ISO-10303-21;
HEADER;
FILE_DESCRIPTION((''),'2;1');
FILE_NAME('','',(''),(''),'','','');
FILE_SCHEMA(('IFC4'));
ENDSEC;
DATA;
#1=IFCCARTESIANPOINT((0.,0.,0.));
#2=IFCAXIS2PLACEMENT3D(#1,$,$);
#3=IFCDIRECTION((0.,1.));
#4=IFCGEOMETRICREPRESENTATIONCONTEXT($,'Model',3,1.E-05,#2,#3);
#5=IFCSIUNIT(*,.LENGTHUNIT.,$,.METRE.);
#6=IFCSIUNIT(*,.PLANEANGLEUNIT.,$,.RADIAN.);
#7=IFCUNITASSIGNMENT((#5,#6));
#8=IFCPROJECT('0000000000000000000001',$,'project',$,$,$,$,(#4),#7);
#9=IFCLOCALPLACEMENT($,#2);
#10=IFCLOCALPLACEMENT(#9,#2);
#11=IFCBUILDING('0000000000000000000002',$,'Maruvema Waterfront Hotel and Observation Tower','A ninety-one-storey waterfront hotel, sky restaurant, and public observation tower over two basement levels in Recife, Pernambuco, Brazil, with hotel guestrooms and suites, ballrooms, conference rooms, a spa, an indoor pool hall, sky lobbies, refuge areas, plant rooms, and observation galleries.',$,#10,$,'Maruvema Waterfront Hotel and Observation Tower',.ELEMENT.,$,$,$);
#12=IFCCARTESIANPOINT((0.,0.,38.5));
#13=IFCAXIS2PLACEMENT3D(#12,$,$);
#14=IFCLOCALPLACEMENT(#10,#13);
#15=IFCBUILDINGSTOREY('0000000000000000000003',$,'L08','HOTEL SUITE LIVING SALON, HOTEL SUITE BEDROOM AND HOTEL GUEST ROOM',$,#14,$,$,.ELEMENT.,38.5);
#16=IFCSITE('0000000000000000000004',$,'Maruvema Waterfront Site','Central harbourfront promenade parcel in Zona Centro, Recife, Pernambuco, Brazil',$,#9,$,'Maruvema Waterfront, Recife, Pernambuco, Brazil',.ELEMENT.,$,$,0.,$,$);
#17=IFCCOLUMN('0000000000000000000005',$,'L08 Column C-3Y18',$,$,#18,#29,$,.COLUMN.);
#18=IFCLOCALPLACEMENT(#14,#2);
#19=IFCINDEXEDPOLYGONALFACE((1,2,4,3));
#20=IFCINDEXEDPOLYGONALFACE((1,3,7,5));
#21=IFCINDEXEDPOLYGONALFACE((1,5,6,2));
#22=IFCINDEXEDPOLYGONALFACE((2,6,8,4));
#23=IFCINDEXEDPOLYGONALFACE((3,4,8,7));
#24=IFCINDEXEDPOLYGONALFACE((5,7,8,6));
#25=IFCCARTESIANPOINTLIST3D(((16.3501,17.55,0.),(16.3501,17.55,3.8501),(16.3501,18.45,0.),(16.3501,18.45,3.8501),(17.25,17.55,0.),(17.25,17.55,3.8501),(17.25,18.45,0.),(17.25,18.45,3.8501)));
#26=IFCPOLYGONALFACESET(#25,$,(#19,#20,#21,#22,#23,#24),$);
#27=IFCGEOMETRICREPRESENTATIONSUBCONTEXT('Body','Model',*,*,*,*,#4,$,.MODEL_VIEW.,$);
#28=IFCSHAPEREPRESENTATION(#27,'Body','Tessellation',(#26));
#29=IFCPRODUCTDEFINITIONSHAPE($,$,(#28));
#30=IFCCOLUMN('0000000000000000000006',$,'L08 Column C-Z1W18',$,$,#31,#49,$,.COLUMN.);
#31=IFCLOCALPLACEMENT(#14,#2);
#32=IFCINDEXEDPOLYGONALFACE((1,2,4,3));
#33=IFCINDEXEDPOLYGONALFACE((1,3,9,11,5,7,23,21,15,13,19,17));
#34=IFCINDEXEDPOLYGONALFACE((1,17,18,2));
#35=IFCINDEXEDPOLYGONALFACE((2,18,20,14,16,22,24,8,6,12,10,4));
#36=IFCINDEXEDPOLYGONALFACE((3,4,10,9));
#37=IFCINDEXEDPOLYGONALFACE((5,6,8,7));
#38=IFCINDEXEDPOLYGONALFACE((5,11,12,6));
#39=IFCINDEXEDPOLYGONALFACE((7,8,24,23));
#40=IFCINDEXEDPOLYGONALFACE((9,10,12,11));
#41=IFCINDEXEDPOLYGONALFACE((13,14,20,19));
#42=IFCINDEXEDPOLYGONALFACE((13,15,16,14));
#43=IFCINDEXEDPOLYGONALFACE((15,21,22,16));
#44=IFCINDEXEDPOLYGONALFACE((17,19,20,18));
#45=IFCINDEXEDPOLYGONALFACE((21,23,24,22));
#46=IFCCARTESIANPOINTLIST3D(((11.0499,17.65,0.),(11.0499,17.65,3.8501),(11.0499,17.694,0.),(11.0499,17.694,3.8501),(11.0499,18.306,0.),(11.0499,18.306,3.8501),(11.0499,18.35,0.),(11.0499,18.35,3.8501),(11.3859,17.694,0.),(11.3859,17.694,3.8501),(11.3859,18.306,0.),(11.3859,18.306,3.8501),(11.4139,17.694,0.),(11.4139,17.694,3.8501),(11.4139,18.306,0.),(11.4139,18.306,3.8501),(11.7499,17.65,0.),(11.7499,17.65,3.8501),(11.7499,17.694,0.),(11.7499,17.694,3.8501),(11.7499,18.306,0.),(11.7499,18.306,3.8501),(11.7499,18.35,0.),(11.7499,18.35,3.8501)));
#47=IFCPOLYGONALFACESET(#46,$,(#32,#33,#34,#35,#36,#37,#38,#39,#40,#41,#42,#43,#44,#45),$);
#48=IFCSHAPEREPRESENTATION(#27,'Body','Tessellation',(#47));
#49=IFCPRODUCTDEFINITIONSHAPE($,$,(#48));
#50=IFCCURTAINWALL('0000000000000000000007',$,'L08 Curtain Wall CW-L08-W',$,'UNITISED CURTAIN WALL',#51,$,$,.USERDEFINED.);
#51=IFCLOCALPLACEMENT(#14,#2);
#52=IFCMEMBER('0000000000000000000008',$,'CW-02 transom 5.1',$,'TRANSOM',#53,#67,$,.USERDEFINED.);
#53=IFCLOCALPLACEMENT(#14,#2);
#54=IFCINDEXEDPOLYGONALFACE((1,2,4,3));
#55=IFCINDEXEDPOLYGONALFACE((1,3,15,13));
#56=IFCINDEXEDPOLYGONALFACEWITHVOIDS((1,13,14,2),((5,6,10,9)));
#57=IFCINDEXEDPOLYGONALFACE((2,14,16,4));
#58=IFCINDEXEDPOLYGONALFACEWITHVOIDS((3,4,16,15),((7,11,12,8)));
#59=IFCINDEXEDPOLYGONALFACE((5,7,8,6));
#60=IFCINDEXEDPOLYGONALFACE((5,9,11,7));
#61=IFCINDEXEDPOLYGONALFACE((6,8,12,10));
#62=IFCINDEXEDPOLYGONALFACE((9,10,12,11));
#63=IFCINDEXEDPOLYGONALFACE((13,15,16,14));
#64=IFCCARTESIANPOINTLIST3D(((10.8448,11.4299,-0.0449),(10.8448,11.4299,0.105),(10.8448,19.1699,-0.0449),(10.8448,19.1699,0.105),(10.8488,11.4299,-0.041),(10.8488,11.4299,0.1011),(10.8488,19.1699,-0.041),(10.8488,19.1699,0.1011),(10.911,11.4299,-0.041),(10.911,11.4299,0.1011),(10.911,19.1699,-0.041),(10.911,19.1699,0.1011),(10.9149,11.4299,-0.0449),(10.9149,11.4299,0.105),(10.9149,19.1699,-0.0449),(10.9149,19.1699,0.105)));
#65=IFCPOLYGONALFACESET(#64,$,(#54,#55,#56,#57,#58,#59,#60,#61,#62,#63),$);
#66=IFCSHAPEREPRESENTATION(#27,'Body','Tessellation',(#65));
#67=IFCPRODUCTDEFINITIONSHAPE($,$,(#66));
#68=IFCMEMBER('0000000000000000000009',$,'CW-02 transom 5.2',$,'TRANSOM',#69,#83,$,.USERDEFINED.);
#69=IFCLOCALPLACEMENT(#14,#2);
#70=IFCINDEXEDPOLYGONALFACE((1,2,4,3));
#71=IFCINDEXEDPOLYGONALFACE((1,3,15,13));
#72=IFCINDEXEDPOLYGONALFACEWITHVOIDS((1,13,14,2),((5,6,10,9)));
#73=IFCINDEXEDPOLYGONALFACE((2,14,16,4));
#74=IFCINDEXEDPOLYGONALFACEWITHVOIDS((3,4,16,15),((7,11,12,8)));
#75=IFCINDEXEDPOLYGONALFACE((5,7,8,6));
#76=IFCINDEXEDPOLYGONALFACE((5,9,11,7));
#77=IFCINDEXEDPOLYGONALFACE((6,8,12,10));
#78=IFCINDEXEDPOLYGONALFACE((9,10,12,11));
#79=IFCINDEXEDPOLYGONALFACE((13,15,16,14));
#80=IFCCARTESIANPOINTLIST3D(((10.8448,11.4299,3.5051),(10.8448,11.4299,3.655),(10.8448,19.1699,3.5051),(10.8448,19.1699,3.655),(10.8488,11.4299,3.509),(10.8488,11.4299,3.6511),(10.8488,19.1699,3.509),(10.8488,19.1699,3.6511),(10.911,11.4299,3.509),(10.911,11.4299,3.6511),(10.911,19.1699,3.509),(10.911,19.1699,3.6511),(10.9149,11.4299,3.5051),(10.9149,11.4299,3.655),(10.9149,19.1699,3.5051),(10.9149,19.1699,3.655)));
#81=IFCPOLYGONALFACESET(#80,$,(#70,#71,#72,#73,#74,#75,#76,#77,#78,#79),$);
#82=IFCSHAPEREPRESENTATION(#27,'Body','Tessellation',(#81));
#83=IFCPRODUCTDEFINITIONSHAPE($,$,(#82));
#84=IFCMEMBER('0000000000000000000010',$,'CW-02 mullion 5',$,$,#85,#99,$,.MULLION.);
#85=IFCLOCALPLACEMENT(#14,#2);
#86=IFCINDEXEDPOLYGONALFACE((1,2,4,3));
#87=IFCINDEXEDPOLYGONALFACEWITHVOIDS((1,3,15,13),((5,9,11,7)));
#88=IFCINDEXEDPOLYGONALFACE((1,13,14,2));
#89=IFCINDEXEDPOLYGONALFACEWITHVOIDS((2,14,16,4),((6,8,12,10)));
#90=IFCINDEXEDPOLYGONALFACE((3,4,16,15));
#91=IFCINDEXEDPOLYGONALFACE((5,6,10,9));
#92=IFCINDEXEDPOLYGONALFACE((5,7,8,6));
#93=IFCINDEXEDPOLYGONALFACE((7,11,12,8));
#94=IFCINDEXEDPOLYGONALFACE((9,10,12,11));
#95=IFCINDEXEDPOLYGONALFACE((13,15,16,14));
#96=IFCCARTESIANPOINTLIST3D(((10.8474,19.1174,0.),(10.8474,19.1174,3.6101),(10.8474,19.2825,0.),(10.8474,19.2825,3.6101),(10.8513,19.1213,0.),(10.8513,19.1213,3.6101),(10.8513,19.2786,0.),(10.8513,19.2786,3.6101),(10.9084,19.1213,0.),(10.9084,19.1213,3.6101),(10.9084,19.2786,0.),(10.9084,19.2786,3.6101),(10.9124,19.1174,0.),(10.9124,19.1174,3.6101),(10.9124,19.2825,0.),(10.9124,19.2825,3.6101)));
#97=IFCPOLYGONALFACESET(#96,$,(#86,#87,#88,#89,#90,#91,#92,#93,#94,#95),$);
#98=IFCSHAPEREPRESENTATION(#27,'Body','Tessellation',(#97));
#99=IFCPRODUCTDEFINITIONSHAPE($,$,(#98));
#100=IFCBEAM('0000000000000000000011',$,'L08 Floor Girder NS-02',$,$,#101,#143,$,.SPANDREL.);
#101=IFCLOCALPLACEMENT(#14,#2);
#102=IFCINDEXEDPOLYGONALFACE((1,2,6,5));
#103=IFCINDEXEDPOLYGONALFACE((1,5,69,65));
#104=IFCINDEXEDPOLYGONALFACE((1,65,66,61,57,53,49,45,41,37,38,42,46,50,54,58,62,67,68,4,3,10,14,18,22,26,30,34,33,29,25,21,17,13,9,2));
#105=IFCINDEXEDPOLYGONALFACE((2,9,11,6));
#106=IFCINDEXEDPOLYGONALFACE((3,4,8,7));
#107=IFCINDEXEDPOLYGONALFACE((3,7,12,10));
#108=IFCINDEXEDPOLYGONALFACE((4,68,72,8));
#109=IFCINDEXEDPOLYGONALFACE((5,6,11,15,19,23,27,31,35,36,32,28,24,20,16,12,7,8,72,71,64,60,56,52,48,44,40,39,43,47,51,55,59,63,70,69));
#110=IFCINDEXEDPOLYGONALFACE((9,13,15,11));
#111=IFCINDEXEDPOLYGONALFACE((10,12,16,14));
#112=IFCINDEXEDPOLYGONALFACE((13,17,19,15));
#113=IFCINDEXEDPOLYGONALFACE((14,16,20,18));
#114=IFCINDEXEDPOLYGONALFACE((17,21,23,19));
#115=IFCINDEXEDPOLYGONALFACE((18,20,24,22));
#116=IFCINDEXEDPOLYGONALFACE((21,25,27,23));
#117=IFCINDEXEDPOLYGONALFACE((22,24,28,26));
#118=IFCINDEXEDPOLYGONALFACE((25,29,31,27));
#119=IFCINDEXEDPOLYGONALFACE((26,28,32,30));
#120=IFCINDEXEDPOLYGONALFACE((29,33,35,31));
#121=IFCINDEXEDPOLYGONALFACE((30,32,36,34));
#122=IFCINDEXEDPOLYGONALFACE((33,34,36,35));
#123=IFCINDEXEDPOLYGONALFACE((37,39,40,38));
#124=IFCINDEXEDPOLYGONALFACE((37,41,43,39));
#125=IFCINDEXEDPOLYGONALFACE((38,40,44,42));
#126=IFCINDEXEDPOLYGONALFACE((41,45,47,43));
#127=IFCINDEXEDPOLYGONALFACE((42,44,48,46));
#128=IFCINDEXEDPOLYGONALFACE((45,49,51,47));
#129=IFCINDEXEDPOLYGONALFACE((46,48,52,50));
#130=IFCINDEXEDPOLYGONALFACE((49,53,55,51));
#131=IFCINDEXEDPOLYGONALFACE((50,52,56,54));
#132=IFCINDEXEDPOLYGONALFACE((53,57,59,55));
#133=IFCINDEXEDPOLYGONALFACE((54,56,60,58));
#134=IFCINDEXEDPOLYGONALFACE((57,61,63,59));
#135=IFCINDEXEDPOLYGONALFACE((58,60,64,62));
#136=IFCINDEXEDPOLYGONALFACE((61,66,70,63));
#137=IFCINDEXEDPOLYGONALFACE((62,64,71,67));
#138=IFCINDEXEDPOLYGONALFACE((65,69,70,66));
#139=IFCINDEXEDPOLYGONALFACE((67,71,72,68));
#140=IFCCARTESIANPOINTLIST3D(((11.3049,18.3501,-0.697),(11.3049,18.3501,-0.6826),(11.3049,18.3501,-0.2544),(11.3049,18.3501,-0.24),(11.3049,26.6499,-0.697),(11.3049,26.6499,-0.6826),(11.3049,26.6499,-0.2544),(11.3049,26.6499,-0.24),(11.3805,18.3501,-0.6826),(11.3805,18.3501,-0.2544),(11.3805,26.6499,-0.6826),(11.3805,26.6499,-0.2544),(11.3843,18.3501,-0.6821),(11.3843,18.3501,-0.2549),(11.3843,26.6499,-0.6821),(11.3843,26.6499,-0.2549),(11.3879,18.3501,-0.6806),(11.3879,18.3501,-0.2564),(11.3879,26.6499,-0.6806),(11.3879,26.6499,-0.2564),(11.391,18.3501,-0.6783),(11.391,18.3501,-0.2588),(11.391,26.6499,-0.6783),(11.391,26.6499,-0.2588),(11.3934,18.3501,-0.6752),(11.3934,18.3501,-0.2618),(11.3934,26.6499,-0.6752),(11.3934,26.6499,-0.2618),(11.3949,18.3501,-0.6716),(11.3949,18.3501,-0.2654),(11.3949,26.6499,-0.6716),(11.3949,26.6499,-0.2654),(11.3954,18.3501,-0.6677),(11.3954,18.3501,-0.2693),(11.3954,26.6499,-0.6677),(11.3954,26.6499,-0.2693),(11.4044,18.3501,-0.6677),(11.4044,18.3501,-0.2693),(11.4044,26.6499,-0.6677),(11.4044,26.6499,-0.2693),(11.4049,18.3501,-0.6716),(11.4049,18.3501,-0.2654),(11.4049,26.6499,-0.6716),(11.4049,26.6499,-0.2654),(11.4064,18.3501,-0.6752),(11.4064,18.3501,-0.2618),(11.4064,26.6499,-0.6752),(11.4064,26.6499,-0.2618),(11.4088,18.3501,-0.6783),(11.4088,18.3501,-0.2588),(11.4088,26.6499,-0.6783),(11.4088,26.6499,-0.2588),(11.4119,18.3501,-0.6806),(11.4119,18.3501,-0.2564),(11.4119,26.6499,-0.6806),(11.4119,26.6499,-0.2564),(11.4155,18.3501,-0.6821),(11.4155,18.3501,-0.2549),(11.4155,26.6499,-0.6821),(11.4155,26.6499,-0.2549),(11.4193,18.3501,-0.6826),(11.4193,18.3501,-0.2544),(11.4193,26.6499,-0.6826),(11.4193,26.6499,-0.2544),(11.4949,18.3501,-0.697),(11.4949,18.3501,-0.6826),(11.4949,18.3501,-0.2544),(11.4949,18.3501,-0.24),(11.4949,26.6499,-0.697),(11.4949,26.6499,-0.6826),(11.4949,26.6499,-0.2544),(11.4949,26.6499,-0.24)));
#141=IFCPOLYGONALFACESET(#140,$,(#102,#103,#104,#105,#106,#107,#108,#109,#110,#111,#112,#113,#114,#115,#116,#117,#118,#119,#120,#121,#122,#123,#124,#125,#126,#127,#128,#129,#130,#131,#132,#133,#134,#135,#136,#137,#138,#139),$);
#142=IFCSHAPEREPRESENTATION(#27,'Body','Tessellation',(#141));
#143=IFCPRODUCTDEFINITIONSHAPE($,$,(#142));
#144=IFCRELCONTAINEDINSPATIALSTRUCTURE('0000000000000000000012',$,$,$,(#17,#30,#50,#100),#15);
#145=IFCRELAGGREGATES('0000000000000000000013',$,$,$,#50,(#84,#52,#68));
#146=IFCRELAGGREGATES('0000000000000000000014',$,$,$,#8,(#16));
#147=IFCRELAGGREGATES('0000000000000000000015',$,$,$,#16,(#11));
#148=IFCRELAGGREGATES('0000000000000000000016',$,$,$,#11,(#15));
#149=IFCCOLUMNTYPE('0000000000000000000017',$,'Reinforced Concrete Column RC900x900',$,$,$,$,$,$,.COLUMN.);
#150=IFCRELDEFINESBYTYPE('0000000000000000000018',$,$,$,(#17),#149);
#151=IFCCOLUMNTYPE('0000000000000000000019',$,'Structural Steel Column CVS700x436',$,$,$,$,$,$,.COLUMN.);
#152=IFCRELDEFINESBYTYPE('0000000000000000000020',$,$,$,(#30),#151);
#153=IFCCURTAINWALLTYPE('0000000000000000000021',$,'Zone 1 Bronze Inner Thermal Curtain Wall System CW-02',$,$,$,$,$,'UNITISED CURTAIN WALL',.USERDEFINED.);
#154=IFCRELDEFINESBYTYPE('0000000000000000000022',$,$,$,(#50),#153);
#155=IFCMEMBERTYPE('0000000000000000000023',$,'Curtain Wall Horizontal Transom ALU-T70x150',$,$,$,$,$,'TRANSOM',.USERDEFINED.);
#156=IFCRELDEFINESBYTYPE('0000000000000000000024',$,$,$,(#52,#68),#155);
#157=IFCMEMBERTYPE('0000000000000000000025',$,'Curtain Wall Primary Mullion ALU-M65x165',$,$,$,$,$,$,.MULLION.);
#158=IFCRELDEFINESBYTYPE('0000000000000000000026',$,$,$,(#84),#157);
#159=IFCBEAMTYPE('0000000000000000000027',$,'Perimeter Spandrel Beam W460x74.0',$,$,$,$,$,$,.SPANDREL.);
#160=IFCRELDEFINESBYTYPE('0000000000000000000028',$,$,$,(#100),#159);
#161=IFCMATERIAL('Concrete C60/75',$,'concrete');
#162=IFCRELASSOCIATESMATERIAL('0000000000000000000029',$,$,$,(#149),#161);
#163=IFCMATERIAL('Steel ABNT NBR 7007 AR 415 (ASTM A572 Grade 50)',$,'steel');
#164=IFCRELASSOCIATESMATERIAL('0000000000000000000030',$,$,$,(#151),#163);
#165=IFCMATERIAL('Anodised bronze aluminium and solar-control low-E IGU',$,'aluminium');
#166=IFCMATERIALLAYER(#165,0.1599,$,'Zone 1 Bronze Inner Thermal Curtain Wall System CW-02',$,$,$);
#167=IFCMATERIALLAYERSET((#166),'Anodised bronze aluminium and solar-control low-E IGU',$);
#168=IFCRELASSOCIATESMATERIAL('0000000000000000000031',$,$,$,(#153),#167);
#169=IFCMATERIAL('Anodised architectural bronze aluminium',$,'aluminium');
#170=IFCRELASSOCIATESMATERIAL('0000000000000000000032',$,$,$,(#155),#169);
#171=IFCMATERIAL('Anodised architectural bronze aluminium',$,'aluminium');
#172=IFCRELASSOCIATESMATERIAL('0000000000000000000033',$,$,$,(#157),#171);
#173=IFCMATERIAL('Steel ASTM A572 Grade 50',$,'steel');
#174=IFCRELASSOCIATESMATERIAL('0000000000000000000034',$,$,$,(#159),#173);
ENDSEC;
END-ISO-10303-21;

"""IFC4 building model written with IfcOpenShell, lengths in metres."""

from ifc_helpers import new_model, si_unit, direction, frame, origin, origin_2d, place, context, subcontext, project, spatial, rectangle, hollow_rectangle, i_section, extrude, material, layer, layer_set, material_profile, profile_set, type_object, element, aggregate, save


model = new_model("IFC4")

# Units and contexts
model_context = context("Model", 3, precision=1e-05, world=origin(), true_north=direction((0.0, 1.0)))
body_context = subcontext(model_context, "Body", "Model", "MODEL_VIEW")
ifc_project = project(units=[si_unit("LENGTHUNIT", "METRE"), si_unit("PLANEANGLEUNIT", "RADIAN")], contexts=[model_context])

# Site, building, storey
site_placement = place(None, origin())
site = spatial("IfcSite", under=ifc_project, at=site_placement, Name="Maruvema Waterfront Site", Description="Central harbourfront promenade parcel in Zona Centro, Recife, Pernambuco, Brazil", LongName="Maruvema Waterfront, Recife, Pernambuco, Brazil", CompositionType="ELEMENT", RefElevation=0.0)
building_placement = place(site_placement, origin())
building = spatial("IfcBuilding", under=site, at=building_placement, Name="Maruvema Waterfront Hotel and Observation Tower", Description="A ninety-one-storey waterfront hotel, sky restaurant, and public observation tower over two basement levels in Recife, Pernambuco, Brazil, with hotel guestrooms and suites, ballrooms, conference rooms, a spa, an indoor pool hall, sky lobbies, refuge areas, plant rooms, and observation galleries.", LongName="Maruvema Waterfront Hotel and Observation Tower", CompositionType="ELEMENT")
storey_placement = place(building_placement, frame((0.0, 0.0, 38.5)))
storey = spatial("IfcBuildingStorey", under=building, at=storey_placement, Name="L08", Description="HOTEL SUITE LIVING SALON, HOTEL SUITE BEDROOM AND HOTEL GUEST ROOM", CompositionType="ELEMENT", Elevation=38.5)

# Columns
ifc_material_1 = material(Name="Concrete C60/75", Category="concrete")
ifc_material_profile_1 = material_profile(ifc_material_1, rectangle(XDim=0.8999, YDim=0.8999, at=origin_2d()), Name="RC900x900")
ifc_profile_set_1 = profile_set([ifc_material_profile_1], Name="Concrete C60/75")
column_type_1 = type_object("IfcColumnType", Name="Reinforced Concrete Column RC900x900", PredefinedType="COLUMN", material=ifc_profile_set_1)
column_1_placement = place(storey_placement, frame((16.8, 18.0, 0.0), z_axis=(0.0, 0.0, 1.0), x_axis=(1.0, 0.0, 0.0)))
element("IfcColumn", 1, at=column_1_placement, inside=storey, type_object=column_type_1, Name="L08 Column C-3Y18", PredefinedType="COLUMN", context=body_context, shape_type="SweptSolid", body=[
    extrude(rectangle(XDim=0.8999, YDim=0.8999, at=origin_2d()), origin(), (0.0, 0.0, 1.0), 3.8501),
])
ifc_material_2 = material(Name="Steel ABNT NBR 7007 AR 415 (ASTM A572 Grade 50)", Category="steel")
ifc_material_profile_2 = material_profile(ifc_material_2, i_section(OverallWidth=0.7, OverallDepth=0.7, WebThickness=0.0281, FlangeThickness=0.0439, at=origin_2d()), Name="CVS700x436")
ifc_profile_set_2 = profile_set([ifc_material_profile_2], Name="Steel ABNT NBR 7007 AR 415 (ASTM A572 Grade 50)")
column_type_2 = type_object("IfcColumnType", Name="Structural Steel Column CVS700x436", PredefinedType="COLUMN", material=ifc_profile_set_2)
column_2_placement = place(storey_placement, frame((11.3999, 18.0, 0.0), z_axis=(0.0, 0.0, 1.0), x_axis=(1.0, 0.0, 0.0)))
element("IfcColumn", 2, at=column_2_placement, inside=storey, type_object=column_type_2, Name="L08 Column C-Z1W18", PredefinedType="COLUMN", context=body_context, shape_type="SweptSolid", body=[
    extrude(i_section(OverallWidth=0.7, OverallDepth=0.7, WebThickness=0.0281, FlangeThickness=0.0439, at=origin_2d()), origin(), (0.0, 0.0, 1.0), 3.8501),
])

# Curtain wall, members
ifc_material_3 = material(Name="Anodised bronze aluminium and solar-control low-E IGU", Category="aluminium")
ifc_layer_1 = layer(ifc_material_3, 0.1599, Name="Zone 1 Bronze Inner Thermal Curtain Wall System CW-02")
ifc_layer_set_1 = layer_set([ifc_layer_1], Name="Anodised bronze aluminium and solar-control low-E IGU")
curtain_wall_type = type_object("IfcCurtainWallType", Name="Zone 1 Bronze Inner Thermal Curtain Wall System CW-02", ElementType="UNITISED CURTAIN WALL", PredefinedType="USERDEFINED", material=ifc_layer_set_1)
curtain_wall_placement = place(storey_placement, origin())
curtain_wall = element("IfcCurtainWall", 3, at=curtain_wall_placement, inside=storey, type_object=curtain_wall_type, Name="L08 Curtain Wall CW-L08-W", ObjectType="UNITISED CURTAIN WALL", PredefinedType="USERDEFINED")
ifc_material_4 = material(Name="Anodised architectural bronze aluminium", Category="aluminium")
ifc_material_profile_3 = material_profile(ifc_material_4, hollow_rectangle(XDim=0.0701, YDim=0.1499, WallThickness=0.0039, at=origin_2d()), Name="ALU-T70x150")
ifc_profile_set_3 = profile_set([ifc_material_profile_3], Name="Anodised architectural bronze aluminium")
member_type_1 = type_object("IfcMemberType", Name="Curtain Wall Horizontal Transom ALU-T70x150", ElementType="TRANSOM", PredefinedType="USERDEFINED", material=ifc_profile_set_3)
member_1_placement = place(storey_placement, frame((10.8799, 19.1699, 0.03), z_axis=(0.0, -1.0, 0.0), x_axis=(1.0, 0.0, 0.0)))
member_1 = element("IfcMember", 4, at=member_1_placement, type_object=member_type_1, Name="CW-02 transom 5.1", ObjectType="TRANSOM", PredefinedType="USERDEFINED", context=body_context, shape_type="SweptSolid", body=[
    extrude(hollow_rectangle(XDim=0.0701, YDim=0.1499, WallThickness=0.0039, at=origin_2d()), origin(), (0.0, 0.0, 1.0), 7.74),
])
member_2_placement = place(storey_placement, frame((10.8799, 19.1699, 3.5801), z_axis=(0.0, -1.0, 0.0), x_axis=(1.0, 0.0, 0.0)))
member_2 = element("IfcMember", 5, at=member_2_placement, type_object=member_type_1, Name="CW-02 transom 5.2", ObjectType="TRANSOM", PredefinedType="USERDEFINED", context=body_context, shape_type="SweptSolid", body=[
    extrude(hollow_rectangle(XDim=0.0701, YDim=0.1499, WallThickness=0.0039, at=origin_2d()), origin(), (0.0, 0.0, 1.0), 7.74),
])
ifc_material_5 = material(Name="Anodised architectural bronze aluminium", Category="aluminium")
ifc_material_profile_4 = material_profile(ifc_material_5, hollow_rectangle(XDim=0.0649, YDim=0.165, WallThickness=0.0039, at=origin_2d()), Name="ALU-M65x165")
ifc_profile_set_4 = profile_set([ifc_material_profile_4], Name="Anodised architectural bronze aluminium")
member_type_2 = type_object("IfcMemberType", Name="Curtain Wall Primary Mullion ALU-M65x165", PredefinedType="MULLION", material=ifc_profile_set_4)
member_3_placement = place(storey_placement, frame((10.8799, 19.2, 0.0), z_axis=(0.0, 0.0, 1.0), x_axis=(1.0, 0.0, 0.0)))
member_3 = element("IfcMember", 6, at=member_3_placement, type_object=member_type_2, Name="CW-02 mullion 5", PredefinedType="MULLION", context=body_context, shape_type="SweptSolid", body=[
    extrude(hollow_rectangle(XDim=0.0649, YDim=0.165, WallThickness=0.0039, at=origin_2d()), origin(), (0.0, 0.0, 1.0), 3.6101),
])
aggregate(curtain_wall, [member_3, member_1, member_2])

# Beam
ifc_material_6 = material(Name="Steel ASTM A572 Grade 50", Category="steel")
ifc_material_profile_5 = material_profile(ifc_material_6, i_section(OverallWidth=0.1899, OverallDepth=0.457, WebThickness=0.009, FlangeThickness=0.0144, FilletRadius=0.0149, at=origin_2d()), Name="W460x74.0")
ifc_profile_set_5 = profile_set([ifc_material_profile_5], Name="Steel ASTM A572 Grade 50")
beam_type_1 = type_object("IfcBeamType", Name="Perimeter Spandrel Beam W460x74.0", PredefinedType="SPANDREL", material=ifc_profile_set_5)
beam_1_placement = place(storey_placement, frame((11.3999, 18.3501, -0.4685), z_axis=(0.0, 1.0, 0.0), x_axis=(-1.0, 0.0, 0.0)))
element("IfcBeam", 7, at=beam_1_placement, inside=storey, type_object=beam_type_1, Name="L08 Floor Girder NS-02", PredefinedType="SPANDREL", context=body_context, shape_type="SweptSolid", body=[
    extrude(i_section(OverallWidth=0.1899, OverallDepth=0.457, WebThickness=0.009, FlangeThickness=0.0144, FilletRadius=0.0149, at=origin_2d()), origin(), (0.0, 0.0, 1.0), 8.2998),
])

save(model, "model.ifc")
